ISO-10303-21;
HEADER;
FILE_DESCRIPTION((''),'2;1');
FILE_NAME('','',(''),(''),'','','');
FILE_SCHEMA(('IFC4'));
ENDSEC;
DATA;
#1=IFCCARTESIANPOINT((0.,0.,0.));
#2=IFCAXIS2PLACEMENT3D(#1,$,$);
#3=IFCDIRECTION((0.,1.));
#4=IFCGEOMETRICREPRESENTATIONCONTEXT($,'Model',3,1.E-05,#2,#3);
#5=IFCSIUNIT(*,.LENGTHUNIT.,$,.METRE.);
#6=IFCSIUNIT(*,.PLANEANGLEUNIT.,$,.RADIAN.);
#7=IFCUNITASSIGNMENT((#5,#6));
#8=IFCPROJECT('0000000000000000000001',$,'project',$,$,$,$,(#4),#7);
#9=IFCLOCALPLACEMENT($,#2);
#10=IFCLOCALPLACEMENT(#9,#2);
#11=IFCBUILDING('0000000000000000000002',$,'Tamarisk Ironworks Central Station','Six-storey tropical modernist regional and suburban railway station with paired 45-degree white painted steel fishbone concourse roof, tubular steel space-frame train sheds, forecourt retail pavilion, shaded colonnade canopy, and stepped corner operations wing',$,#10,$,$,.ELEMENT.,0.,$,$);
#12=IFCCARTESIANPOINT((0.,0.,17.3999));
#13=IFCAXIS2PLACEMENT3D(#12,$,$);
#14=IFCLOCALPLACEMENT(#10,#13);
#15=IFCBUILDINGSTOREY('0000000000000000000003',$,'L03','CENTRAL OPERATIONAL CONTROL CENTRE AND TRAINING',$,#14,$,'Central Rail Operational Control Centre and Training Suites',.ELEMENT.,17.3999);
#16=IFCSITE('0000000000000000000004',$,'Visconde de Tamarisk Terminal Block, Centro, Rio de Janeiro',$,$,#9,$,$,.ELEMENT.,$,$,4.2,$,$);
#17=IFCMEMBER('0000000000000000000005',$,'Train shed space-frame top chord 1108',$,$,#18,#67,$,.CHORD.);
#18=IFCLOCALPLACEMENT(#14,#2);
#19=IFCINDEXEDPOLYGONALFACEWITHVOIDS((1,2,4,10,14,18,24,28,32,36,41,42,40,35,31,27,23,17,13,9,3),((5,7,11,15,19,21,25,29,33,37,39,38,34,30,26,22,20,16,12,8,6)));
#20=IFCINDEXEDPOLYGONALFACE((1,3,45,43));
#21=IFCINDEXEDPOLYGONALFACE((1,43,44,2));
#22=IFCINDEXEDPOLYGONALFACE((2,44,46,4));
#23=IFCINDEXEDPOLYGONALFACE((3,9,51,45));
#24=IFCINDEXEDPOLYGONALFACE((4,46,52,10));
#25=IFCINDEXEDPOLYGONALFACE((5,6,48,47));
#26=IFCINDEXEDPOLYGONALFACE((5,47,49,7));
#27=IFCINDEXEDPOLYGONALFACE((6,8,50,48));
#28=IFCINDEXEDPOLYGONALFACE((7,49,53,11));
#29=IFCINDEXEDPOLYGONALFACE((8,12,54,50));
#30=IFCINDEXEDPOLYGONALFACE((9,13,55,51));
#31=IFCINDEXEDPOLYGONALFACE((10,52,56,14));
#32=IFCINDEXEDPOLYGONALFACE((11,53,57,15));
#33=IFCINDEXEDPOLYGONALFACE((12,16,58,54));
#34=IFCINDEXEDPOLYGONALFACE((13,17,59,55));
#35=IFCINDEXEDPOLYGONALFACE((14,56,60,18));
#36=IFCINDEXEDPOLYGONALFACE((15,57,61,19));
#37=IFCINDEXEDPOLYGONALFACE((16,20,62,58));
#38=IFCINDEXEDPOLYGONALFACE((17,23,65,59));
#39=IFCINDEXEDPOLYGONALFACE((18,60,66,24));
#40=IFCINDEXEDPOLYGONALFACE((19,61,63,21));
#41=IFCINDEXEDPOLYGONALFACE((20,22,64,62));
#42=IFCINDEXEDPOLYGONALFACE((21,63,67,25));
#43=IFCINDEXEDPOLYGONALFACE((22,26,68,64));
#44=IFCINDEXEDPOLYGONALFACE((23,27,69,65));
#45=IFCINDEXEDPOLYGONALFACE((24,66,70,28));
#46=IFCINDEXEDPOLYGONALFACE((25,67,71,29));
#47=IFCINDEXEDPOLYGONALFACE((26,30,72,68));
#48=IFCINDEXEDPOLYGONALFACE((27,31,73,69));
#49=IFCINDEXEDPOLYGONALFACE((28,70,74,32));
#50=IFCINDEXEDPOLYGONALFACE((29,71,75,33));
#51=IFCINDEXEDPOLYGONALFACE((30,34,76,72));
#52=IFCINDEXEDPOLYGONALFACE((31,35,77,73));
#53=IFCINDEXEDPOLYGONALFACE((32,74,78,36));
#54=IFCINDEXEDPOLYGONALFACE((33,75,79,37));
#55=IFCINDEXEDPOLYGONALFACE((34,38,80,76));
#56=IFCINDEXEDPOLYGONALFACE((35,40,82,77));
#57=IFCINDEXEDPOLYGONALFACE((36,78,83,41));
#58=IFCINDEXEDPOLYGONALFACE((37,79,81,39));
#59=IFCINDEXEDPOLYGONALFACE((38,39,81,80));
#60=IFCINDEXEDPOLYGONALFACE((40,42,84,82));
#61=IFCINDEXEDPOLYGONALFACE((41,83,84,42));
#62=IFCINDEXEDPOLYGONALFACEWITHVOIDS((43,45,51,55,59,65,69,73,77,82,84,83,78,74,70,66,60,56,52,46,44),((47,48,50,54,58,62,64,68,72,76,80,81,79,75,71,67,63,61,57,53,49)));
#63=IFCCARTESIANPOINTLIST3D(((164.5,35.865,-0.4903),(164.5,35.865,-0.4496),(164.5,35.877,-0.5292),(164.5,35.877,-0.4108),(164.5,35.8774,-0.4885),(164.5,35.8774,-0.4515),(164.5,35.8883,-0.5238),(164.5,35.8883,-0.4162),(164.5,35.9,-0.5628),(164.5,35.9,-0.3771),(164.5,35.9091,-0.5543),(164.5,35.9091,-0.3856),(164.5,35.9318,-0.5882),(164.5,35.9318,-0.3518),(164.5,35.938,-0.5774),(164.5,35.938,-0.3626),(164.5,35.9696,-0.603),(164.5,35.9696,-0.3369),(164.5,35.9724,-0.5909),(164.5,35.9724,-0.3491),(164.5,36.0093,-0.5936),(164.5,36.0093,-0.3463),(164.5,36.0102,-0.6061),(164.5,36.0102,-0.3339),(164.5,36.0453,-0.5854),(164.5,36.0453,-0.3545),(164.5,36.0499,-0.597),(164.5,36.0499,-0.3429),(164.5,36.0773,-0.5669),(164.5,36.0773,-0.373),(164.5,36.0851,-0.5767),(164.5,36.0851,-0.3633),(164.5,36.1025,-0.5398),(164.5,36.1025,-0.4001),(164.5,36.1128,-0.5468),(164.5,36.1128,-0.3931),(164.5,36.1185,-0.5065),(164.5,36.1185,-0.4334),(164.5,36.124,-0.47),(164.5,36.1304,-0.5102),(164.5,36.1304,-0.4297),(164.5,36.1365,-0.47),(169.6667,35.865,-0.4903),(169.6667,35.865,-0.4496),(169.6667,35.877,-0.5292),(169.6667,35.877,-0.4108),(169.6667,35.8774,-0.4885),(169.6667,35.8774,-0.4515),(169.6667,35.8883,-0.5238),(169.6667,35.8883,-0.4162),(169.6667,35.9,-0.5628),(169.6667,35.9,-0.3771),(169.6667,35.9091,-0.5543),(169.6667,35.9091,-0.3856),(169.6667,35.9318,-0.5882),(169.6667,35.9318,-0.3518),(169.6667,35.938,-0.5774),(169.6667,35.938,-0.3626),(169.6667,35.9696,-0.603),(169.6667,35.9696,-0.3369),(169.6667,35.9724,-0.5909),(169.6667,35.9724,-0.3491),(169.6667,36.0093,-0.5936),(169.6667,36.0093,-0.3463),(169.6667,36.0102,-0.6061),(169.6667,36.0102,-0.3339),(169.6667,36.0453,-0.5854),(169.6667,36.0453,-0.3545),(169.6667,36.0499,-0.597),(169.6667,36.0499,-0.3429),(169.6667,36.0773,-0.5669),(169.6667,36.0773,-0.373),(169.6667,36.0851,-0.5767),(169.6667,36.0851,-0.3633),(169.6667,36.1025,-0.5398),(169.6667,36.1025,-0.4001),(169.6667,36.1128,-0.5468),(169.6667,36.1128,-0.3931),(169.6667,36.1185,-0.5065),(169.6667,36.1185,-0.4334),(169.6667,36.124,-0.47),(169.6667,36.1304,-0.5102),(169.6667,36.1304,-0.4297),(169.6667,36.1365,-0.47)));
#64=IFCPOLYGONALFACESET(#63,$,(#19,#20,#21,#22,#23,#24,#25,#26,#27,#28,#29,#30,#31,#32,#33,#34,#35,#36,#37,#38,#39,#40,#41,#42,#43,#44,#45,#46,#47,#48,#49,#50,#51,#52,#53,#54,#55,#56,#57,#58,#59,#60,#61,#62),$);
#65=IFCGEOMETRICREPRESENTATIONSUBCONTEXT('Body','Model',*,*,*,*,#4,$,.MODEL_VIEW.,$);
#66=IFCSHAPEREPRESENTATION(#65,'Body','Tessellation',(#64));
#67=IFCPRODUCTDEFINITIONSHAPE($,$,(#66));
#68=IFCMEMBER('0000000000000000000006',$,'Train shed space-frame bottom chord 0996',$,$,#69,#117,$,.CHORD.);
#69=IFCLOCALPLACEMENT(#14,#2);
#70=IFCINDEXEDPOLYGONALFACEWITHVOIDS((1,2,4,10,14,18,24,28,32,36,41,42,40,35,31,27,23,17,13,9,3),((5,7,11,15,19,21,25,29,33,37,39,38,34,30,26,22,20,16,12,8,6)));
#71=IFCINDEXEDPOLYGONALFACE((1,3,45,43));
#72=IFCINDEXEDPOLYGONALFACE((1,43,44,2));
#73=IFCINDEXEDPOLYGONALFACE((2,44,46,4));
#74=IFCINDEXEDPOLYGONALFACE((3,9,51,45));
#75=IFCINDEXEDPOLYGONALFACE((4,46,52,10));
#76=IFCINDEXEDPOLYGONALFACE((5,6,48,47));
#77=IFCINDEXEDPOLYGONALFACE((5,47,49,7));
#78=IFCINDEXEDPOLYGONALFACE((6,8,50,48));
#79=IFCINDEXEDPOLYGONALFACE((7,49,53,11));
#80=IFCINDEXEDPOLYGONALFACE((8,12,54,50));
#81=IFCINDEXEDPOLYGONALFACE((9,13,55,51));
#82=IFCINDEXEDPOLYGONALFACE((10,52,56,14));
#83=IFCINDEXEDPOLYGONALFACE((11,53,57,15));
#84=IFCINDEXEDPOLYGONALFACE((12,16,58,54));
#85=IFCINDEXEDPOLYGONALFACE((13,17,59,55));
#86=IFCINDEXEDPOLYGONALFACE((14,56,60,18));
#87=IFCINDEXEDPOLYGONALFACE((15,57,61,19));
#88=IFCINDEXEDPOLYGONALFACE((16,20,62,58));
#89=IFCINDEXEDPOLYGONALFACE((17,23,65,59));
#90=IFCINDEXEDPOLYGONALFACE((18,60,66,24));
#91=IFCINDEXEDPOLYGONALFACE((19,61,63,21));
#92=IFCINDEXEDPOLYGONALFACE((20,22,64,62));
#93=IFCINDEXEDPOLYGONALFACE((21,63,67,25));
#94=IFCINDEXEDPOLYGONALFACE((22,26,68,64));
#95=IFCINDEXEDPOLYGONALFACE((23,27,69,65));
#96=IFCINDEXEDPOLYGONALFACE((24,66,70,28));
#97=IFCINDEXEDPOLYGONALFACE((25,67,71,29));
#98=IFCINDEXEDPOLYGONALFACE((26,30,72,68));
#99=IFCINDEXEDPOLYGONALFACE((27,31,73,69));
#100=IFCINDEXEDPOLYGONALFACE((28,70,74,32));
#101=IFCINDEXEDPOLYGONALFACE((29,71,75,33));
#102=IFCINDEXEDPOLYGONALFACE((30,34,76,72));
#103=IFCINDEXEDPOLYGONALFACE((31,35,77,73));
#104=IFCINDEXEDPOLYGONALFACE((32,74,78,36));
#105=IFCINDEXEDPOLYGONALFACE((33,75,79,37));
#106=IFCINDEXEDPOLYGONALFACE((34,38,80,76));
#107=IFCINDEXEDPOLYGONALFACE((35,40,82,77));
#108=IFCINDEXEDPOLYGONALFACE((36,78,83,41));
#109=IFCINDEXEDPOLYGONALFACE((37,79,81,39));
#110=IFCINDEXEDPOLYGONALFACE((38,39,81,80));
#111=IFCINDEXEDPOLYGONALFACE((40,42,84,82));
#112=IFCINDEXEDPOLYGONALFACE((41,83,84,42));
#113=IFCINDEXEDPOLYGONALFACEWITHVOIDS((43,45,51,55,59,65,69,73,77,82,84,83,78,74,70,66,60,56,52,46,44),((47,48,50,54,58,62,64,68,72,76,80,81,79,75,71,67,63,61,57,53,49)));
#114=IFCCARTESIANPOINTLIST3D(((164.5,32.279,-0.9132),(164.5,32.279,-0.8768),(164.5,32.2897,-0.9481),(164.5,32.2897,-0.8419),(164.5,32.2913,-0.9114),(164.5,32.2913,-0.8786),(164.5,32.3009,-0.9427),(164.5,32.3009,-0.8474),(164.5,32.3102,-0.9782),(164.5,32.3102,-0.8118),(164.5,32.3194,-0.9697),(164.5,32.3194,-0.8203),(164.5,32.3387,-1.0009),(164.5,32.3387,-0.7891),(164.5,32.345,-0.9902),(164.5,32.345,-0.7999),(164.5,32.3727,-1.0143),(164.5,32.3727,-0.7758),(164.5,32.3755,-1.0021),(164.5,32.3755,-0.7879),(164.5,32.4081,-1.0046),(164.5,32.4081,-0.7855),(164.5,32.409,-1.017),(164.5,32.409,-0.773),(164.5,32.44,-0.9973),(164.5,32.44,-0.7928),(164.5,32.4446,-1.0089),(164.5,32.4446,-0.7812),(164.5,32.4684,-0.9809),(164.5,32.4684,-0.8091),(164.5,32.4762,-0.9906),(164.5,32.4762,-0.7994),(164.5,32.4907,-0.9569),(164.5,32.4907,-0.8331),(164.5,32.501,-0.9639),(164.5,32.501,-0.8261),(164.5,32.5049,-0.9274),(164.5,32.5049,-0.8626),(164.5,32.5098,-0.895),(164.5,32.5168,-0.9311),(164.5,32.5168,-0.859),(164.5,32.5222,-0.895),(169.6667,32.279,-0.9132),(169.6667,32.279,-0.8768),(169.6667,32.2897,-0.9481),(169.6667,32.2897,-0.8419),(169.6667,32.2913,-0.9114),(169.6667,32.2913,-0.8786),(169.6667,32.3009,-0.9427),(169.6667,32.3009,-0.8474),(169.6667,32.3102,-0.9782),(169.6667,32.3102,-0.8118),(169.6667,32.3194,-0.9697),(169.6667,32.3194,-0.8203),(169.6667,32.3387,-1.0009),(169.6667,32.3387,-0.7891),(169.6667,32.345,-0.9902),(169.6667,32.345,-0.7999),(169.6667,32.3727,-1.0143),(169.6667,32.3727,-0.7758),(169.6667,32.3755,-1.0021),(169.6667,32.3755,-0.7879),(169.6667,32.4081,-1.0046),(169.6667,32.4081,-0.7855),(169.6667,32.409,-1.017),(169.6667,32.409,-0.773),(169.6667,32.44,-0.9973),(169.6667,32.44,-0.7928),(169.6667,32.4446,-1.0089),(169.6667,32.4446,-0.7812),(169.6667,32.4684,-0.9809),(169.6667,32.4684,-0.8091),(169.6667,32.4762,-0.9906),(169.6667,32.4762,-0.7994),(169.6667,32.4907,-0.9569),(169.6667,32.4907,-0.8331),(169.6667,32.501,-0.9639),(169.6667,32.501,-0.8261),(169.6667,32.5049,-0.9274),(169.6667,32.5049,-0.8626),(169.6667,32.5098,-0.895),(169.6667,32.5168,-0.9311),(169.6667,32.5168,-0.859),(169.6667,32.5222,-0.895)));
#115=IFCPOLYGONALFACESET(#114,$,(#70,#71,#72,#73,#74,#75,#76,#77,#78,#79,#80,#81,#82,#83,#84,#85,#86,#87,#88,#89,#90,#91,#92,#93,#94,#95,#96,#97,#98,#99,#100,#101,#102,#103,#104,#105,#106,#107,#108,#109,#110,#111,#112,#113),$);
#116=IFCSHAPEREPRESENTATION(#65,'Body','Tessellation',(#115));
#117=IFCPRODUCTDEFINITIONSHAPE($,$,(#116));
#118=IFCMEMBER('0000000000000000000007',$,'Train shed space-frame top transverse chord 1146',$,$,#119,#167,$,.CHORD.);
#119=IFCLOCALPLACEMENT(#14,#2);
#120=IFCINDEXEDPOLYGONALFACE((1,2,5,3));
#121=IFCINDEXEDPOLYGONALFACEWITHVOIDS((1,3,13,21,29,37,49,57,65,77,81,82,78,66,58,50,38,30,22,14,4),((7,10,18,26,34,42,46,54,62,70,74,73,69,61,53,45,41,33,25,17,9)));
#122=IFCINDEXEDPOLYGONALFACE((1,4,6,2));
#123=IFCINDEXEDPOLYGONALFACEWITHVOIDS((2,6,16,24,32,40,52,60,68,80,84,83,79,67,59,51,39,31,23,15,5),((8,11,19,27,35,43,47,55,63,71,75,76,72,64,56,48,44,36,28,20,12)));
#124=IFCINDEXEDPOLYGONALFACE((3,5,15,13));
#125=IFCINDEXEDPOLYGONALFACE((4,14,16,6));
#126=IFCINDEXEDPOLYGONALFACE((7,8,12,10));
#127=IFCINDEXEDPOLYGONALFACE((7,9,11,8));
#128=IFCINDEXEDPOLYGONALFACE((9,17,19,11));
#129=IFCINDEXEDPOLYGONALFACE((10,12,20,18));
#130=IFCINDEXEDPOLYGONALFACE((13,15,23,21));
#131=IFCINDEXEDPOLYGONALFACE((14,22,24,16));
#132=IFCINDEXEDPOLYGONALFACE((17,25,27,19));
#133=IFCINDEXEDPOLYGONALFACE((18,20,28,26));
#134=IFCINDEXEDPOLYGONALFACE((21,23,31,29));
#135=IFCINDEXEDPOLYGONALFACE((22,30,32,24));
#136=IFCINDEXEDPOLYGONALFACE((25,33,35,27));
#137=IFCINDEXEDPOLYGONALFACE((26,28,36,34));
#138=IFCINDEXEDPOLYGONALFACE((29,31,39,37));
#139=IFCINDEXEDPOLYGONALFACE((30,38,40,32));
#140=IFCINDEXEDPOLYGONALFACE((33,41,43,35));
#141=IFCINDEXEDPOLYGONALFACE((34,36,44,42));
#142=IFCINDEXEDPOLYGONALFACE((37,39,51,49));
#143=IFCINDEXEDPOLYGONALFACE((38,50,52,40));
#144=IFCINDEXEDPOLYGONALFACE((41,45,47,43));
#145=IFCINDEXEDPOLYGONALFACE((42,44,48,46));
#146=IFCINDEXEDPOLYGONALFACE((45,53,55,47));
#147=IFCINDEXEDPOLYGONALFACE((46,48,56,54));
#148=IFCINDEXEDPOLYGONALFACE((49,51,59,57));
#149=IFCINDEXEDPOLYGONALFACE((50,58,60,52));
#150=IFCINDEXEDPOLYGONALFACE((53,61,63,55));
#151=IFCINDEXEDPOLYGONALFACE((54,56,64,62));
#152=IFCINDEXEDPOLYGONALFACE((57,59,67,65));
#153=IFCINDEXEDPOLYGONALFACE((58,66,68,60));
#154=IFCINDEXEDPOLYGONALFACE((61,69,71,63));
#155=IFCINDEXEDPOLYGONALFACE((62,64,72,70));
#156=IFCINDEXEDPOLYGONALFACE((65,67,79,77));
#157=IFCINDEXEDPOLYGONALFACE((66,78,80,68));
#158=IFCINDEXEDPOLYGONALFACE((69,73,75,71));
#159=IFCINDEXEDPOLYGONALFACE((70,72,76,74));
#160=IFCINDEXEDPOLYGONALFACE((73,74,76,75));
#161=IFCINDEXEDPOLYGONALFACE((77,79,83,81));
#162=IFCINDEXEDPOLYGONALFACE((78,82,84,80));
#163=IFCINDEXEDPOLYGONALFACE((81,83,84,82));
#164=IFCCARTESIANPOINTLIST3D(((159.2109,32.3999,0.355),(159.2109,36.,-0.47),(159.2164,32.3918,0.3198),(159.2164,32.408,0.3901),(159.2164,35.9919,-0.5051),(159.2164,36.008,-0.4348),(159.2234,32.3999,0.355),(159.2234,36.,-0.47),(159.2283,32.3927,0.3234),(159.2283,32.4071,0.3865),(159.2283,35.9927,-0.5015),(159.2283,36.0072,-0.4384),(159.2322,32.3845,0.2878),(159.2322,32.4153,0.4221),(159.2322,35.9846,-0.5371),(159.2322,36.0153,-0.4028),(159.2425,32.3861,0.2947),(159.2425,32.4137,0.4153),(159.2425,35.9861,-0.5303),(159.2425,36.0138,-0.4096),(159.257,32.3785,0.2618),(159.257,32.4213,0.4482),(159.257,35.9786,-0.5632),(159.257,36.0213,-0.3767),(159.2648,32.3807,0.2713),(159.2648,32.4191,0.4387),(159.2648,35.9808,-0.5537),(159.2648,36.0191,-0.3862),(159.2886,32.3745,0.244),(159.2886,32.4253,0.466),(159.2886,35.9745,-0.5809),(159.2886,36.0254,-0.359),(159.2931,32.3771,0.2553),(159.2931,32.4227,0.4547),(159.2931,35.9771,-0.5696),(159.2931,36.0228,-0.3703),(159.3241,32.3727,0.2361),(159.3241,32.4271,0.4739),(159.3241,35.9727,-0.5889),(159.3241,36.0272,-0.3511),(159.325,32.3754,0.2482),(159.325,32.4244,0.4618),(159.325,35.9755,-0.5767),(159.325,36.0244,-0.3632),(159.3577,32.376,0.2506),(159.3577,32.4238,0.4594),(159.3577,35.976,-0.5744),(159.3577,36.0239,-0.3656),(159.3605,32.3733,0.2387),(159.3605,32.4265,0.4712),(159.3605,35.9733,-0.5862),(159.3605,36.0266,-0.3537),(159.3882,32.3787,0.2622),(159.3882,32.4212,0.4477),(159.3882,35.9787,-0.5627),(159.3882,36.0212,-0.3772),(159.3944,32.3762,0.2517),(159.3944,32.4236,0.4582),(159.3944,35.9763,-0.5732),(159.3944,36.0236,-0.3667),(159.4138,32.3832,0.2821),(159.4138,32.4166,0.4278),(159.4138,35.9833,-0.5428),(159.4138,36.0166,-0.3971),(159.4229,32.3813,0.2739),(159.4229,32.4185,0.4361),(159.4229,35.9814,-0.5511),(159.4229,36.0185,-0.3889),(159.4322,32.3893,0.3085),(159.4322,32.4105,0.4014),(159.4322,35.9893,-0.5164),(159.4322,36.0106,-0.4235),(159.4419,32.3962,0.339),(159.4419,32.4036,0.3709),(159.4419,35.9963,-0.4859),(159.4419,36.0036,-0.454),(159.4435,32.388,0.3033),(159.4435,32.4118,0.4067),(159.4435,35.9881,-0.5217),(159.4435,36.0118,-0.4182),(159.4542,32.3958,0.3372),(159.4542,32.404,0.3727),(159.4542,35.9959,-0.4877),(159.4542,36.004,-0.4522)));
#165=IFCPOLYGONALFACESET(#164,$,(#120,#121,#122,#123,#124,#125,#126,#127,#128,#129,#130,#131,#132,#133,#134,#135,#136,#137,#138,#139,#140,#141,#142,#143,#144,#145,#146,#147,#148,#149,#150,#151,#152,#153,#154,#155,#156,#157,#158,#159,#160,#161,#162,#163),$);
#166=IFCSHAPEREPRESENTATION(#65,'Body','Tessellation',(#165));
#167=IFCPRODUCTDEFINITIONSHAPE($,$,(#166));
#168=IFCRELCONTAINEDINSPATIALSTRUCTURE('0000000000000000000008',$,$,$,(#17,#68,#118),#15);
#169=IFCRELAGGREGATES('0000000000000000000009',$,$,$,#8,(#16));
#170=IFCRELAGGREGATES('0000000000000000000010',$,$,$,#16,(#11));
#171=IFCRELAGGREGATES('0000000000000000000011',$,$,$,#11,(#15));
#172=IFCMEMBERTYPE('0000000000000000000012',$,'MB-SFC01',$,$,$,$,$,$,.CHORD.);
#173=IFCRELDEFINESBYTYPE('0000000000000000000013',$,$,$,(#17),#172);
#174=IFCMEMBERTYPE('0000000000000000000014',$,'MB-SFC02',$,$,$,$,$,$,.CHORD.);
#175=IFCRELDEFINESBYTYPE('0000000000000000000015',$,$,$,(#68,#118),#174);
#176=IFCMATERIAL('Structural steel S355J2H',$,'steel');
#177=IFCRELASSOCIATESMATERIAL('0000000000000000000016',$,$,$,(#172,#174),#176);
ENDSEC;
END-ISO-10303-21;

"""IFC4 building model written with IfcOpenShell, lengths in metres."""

from ifc_helpers import new_model, si_unit, direction, frame, origin, origin_2d, place, context, subcontext, project, spatial, hollow_circle, extrude, material, material_profile, profile_set, type_object, element, save


model = new_model("IFC4")

# Units and contexts
model_context = context("Model", 3, precision=1e-05, world=origin(), true_north=direction((0.0, 1.0)))
body_context = subcontext(model_context, "Body", "Model", "MODEL_VIEW")
ifc_project = project(units=[si_unit("LENGTHUNIT", "METRE"), si_unit("PLANEANGLEUNIT", "RADIAN")], contexts=[model_context])

# Site, building, storey
site_placement = place(None, origin())
site = spatial("IfcSite", under=ifc_project, at=site_placement, Name="Visconde de Tamarisk Terminal Block, Centro, Rio de Janeiro", CompositionType="ELEMENT", RefElevation=4.2)
building_placement = place(site_placement, origin())
building = spatial("IfcBuilding", under=site, at=building_placement, Name="Tamarisk Ironworks Central Station", Description="Six-storey tropical modernist regional and suburban railway station with paired 45-degree white painted steel fishbone concourse roof, tubular steel space-frame train sheds, forecourt retail pavilion, shaded colonnade canopy, and stepped corner operations wing", CompositionType="ELEMENT", ElevationOfRefHeight=0.0)
storey_placement = place(building_placement, frame((0.0, 0.0, 17.3999)))
storey = spatial("IfcBuildingStorey", under=building, at=storey_placement, Name="L03", Description="CENTRAL OPERATIONAL CONTROL CENTRE AND TRAINING", LongName="Central Rail Operational Control Centre and Training Suites", CompositionType="ELEMENT", Elevation=17.3999)

# Members
ifc_material_1 = material(Name="Structural steel S355J2H", Category="steel")
ifc_material_profile_1 = material_profile(ifc_material_1, hollow_circle(Radius=0.1365, WallThickness=0.0125, at=origin_2d()), Name="CHS 273x12.5")
ifc_profile_set_1 = profile_set([ifc_material_profile_1], Name="Structural steel S355J2H")
member_type_1 = type_object("IfcMemberType", Name="MB-SFC01", PredefinedType="CHORD", material=ifc_profile_set_1)
for number, where, z_axis, x_axis, name in (
    (1, (164.5, 36.0, -0.47), (1.0, 0.0, 0.0), (0.0, 1.0, 0.0), "Train shed space-frame top chord 1108"),
):
    element("IfcMember", number, at=place(storey_placement, frame(where, z_axis=z_axis, x_axis=x_axis)), inside=storey, type_object=member_type_1, Name=name, PredefinedType="CHORD", context=body_context, shape_type="SweptSolid", body=[
        extrude(hollow_circle(Radius=0.1365, WallThickness=0.0125, at=origin_2d()), origin(), (0.0, 0.0, 1.0), 5.1667),
    ])
ifc_material_profile_2 = material_profile(ifc_material_1, hollow_circle(Radius=0.1223, WallThickness=0.0125, at=origin_2d()), Name="CHS 244.5x12.5")
ifc_profile_set_2 = profile_set([ifc_material_profile_2], Name="Structural steel S355J2H")
member_type_2 = type_object("IfcMemberType", Name="MB-SFC02", PredefinedType="CHORD", material=ifc_profile_set_2)
member_1_placement = place(storey_placement, frame((164.5, 32.3999, -0.895), z_axis=(1.0, 0.0, 0.0), x_axis=(0.0, 1.0, 0.0)))
element("IfcMember", 2, at=member_1_placement, inside=storey, type_object=member_type_2, Name="Train shed space-frame bottom chord 0996", PredefinedType="CHORD", context=body_context, shape_type="SweptSolid", body=[
    extrude(hollow_circle(Radius=0.1223, WallThickness=0.0125, at=origin_2d()), origin(), (0.0, 0.0, 1.0), 5.1667),
])
for number, where, z_axis, x_axis, name in (
    (3, (159.3333, 32.3999, 0.355), (0.0, 0.974737, -0.223358), (-1.0, 0.0, 0.0), "Train shed space-frame top transverse chord 1146"),
):
    element("IfcMember", number, at=place(storey_placement, frame(where, z_axis=z_axis, x_axis=x_axis)), inside=storey, type_object=member_type_2, Name=name, PredefinedType="CHORD", context=body_context, shape_type="SweptSolid", body=[
        extrude(hollow_circle(Radius=0.1223, WallThickness=0.0125, at=origin_2d()), origin(), (0.0, 0.0, 1.0), 3.6934),
    ])

save(model, "model.ifc")
